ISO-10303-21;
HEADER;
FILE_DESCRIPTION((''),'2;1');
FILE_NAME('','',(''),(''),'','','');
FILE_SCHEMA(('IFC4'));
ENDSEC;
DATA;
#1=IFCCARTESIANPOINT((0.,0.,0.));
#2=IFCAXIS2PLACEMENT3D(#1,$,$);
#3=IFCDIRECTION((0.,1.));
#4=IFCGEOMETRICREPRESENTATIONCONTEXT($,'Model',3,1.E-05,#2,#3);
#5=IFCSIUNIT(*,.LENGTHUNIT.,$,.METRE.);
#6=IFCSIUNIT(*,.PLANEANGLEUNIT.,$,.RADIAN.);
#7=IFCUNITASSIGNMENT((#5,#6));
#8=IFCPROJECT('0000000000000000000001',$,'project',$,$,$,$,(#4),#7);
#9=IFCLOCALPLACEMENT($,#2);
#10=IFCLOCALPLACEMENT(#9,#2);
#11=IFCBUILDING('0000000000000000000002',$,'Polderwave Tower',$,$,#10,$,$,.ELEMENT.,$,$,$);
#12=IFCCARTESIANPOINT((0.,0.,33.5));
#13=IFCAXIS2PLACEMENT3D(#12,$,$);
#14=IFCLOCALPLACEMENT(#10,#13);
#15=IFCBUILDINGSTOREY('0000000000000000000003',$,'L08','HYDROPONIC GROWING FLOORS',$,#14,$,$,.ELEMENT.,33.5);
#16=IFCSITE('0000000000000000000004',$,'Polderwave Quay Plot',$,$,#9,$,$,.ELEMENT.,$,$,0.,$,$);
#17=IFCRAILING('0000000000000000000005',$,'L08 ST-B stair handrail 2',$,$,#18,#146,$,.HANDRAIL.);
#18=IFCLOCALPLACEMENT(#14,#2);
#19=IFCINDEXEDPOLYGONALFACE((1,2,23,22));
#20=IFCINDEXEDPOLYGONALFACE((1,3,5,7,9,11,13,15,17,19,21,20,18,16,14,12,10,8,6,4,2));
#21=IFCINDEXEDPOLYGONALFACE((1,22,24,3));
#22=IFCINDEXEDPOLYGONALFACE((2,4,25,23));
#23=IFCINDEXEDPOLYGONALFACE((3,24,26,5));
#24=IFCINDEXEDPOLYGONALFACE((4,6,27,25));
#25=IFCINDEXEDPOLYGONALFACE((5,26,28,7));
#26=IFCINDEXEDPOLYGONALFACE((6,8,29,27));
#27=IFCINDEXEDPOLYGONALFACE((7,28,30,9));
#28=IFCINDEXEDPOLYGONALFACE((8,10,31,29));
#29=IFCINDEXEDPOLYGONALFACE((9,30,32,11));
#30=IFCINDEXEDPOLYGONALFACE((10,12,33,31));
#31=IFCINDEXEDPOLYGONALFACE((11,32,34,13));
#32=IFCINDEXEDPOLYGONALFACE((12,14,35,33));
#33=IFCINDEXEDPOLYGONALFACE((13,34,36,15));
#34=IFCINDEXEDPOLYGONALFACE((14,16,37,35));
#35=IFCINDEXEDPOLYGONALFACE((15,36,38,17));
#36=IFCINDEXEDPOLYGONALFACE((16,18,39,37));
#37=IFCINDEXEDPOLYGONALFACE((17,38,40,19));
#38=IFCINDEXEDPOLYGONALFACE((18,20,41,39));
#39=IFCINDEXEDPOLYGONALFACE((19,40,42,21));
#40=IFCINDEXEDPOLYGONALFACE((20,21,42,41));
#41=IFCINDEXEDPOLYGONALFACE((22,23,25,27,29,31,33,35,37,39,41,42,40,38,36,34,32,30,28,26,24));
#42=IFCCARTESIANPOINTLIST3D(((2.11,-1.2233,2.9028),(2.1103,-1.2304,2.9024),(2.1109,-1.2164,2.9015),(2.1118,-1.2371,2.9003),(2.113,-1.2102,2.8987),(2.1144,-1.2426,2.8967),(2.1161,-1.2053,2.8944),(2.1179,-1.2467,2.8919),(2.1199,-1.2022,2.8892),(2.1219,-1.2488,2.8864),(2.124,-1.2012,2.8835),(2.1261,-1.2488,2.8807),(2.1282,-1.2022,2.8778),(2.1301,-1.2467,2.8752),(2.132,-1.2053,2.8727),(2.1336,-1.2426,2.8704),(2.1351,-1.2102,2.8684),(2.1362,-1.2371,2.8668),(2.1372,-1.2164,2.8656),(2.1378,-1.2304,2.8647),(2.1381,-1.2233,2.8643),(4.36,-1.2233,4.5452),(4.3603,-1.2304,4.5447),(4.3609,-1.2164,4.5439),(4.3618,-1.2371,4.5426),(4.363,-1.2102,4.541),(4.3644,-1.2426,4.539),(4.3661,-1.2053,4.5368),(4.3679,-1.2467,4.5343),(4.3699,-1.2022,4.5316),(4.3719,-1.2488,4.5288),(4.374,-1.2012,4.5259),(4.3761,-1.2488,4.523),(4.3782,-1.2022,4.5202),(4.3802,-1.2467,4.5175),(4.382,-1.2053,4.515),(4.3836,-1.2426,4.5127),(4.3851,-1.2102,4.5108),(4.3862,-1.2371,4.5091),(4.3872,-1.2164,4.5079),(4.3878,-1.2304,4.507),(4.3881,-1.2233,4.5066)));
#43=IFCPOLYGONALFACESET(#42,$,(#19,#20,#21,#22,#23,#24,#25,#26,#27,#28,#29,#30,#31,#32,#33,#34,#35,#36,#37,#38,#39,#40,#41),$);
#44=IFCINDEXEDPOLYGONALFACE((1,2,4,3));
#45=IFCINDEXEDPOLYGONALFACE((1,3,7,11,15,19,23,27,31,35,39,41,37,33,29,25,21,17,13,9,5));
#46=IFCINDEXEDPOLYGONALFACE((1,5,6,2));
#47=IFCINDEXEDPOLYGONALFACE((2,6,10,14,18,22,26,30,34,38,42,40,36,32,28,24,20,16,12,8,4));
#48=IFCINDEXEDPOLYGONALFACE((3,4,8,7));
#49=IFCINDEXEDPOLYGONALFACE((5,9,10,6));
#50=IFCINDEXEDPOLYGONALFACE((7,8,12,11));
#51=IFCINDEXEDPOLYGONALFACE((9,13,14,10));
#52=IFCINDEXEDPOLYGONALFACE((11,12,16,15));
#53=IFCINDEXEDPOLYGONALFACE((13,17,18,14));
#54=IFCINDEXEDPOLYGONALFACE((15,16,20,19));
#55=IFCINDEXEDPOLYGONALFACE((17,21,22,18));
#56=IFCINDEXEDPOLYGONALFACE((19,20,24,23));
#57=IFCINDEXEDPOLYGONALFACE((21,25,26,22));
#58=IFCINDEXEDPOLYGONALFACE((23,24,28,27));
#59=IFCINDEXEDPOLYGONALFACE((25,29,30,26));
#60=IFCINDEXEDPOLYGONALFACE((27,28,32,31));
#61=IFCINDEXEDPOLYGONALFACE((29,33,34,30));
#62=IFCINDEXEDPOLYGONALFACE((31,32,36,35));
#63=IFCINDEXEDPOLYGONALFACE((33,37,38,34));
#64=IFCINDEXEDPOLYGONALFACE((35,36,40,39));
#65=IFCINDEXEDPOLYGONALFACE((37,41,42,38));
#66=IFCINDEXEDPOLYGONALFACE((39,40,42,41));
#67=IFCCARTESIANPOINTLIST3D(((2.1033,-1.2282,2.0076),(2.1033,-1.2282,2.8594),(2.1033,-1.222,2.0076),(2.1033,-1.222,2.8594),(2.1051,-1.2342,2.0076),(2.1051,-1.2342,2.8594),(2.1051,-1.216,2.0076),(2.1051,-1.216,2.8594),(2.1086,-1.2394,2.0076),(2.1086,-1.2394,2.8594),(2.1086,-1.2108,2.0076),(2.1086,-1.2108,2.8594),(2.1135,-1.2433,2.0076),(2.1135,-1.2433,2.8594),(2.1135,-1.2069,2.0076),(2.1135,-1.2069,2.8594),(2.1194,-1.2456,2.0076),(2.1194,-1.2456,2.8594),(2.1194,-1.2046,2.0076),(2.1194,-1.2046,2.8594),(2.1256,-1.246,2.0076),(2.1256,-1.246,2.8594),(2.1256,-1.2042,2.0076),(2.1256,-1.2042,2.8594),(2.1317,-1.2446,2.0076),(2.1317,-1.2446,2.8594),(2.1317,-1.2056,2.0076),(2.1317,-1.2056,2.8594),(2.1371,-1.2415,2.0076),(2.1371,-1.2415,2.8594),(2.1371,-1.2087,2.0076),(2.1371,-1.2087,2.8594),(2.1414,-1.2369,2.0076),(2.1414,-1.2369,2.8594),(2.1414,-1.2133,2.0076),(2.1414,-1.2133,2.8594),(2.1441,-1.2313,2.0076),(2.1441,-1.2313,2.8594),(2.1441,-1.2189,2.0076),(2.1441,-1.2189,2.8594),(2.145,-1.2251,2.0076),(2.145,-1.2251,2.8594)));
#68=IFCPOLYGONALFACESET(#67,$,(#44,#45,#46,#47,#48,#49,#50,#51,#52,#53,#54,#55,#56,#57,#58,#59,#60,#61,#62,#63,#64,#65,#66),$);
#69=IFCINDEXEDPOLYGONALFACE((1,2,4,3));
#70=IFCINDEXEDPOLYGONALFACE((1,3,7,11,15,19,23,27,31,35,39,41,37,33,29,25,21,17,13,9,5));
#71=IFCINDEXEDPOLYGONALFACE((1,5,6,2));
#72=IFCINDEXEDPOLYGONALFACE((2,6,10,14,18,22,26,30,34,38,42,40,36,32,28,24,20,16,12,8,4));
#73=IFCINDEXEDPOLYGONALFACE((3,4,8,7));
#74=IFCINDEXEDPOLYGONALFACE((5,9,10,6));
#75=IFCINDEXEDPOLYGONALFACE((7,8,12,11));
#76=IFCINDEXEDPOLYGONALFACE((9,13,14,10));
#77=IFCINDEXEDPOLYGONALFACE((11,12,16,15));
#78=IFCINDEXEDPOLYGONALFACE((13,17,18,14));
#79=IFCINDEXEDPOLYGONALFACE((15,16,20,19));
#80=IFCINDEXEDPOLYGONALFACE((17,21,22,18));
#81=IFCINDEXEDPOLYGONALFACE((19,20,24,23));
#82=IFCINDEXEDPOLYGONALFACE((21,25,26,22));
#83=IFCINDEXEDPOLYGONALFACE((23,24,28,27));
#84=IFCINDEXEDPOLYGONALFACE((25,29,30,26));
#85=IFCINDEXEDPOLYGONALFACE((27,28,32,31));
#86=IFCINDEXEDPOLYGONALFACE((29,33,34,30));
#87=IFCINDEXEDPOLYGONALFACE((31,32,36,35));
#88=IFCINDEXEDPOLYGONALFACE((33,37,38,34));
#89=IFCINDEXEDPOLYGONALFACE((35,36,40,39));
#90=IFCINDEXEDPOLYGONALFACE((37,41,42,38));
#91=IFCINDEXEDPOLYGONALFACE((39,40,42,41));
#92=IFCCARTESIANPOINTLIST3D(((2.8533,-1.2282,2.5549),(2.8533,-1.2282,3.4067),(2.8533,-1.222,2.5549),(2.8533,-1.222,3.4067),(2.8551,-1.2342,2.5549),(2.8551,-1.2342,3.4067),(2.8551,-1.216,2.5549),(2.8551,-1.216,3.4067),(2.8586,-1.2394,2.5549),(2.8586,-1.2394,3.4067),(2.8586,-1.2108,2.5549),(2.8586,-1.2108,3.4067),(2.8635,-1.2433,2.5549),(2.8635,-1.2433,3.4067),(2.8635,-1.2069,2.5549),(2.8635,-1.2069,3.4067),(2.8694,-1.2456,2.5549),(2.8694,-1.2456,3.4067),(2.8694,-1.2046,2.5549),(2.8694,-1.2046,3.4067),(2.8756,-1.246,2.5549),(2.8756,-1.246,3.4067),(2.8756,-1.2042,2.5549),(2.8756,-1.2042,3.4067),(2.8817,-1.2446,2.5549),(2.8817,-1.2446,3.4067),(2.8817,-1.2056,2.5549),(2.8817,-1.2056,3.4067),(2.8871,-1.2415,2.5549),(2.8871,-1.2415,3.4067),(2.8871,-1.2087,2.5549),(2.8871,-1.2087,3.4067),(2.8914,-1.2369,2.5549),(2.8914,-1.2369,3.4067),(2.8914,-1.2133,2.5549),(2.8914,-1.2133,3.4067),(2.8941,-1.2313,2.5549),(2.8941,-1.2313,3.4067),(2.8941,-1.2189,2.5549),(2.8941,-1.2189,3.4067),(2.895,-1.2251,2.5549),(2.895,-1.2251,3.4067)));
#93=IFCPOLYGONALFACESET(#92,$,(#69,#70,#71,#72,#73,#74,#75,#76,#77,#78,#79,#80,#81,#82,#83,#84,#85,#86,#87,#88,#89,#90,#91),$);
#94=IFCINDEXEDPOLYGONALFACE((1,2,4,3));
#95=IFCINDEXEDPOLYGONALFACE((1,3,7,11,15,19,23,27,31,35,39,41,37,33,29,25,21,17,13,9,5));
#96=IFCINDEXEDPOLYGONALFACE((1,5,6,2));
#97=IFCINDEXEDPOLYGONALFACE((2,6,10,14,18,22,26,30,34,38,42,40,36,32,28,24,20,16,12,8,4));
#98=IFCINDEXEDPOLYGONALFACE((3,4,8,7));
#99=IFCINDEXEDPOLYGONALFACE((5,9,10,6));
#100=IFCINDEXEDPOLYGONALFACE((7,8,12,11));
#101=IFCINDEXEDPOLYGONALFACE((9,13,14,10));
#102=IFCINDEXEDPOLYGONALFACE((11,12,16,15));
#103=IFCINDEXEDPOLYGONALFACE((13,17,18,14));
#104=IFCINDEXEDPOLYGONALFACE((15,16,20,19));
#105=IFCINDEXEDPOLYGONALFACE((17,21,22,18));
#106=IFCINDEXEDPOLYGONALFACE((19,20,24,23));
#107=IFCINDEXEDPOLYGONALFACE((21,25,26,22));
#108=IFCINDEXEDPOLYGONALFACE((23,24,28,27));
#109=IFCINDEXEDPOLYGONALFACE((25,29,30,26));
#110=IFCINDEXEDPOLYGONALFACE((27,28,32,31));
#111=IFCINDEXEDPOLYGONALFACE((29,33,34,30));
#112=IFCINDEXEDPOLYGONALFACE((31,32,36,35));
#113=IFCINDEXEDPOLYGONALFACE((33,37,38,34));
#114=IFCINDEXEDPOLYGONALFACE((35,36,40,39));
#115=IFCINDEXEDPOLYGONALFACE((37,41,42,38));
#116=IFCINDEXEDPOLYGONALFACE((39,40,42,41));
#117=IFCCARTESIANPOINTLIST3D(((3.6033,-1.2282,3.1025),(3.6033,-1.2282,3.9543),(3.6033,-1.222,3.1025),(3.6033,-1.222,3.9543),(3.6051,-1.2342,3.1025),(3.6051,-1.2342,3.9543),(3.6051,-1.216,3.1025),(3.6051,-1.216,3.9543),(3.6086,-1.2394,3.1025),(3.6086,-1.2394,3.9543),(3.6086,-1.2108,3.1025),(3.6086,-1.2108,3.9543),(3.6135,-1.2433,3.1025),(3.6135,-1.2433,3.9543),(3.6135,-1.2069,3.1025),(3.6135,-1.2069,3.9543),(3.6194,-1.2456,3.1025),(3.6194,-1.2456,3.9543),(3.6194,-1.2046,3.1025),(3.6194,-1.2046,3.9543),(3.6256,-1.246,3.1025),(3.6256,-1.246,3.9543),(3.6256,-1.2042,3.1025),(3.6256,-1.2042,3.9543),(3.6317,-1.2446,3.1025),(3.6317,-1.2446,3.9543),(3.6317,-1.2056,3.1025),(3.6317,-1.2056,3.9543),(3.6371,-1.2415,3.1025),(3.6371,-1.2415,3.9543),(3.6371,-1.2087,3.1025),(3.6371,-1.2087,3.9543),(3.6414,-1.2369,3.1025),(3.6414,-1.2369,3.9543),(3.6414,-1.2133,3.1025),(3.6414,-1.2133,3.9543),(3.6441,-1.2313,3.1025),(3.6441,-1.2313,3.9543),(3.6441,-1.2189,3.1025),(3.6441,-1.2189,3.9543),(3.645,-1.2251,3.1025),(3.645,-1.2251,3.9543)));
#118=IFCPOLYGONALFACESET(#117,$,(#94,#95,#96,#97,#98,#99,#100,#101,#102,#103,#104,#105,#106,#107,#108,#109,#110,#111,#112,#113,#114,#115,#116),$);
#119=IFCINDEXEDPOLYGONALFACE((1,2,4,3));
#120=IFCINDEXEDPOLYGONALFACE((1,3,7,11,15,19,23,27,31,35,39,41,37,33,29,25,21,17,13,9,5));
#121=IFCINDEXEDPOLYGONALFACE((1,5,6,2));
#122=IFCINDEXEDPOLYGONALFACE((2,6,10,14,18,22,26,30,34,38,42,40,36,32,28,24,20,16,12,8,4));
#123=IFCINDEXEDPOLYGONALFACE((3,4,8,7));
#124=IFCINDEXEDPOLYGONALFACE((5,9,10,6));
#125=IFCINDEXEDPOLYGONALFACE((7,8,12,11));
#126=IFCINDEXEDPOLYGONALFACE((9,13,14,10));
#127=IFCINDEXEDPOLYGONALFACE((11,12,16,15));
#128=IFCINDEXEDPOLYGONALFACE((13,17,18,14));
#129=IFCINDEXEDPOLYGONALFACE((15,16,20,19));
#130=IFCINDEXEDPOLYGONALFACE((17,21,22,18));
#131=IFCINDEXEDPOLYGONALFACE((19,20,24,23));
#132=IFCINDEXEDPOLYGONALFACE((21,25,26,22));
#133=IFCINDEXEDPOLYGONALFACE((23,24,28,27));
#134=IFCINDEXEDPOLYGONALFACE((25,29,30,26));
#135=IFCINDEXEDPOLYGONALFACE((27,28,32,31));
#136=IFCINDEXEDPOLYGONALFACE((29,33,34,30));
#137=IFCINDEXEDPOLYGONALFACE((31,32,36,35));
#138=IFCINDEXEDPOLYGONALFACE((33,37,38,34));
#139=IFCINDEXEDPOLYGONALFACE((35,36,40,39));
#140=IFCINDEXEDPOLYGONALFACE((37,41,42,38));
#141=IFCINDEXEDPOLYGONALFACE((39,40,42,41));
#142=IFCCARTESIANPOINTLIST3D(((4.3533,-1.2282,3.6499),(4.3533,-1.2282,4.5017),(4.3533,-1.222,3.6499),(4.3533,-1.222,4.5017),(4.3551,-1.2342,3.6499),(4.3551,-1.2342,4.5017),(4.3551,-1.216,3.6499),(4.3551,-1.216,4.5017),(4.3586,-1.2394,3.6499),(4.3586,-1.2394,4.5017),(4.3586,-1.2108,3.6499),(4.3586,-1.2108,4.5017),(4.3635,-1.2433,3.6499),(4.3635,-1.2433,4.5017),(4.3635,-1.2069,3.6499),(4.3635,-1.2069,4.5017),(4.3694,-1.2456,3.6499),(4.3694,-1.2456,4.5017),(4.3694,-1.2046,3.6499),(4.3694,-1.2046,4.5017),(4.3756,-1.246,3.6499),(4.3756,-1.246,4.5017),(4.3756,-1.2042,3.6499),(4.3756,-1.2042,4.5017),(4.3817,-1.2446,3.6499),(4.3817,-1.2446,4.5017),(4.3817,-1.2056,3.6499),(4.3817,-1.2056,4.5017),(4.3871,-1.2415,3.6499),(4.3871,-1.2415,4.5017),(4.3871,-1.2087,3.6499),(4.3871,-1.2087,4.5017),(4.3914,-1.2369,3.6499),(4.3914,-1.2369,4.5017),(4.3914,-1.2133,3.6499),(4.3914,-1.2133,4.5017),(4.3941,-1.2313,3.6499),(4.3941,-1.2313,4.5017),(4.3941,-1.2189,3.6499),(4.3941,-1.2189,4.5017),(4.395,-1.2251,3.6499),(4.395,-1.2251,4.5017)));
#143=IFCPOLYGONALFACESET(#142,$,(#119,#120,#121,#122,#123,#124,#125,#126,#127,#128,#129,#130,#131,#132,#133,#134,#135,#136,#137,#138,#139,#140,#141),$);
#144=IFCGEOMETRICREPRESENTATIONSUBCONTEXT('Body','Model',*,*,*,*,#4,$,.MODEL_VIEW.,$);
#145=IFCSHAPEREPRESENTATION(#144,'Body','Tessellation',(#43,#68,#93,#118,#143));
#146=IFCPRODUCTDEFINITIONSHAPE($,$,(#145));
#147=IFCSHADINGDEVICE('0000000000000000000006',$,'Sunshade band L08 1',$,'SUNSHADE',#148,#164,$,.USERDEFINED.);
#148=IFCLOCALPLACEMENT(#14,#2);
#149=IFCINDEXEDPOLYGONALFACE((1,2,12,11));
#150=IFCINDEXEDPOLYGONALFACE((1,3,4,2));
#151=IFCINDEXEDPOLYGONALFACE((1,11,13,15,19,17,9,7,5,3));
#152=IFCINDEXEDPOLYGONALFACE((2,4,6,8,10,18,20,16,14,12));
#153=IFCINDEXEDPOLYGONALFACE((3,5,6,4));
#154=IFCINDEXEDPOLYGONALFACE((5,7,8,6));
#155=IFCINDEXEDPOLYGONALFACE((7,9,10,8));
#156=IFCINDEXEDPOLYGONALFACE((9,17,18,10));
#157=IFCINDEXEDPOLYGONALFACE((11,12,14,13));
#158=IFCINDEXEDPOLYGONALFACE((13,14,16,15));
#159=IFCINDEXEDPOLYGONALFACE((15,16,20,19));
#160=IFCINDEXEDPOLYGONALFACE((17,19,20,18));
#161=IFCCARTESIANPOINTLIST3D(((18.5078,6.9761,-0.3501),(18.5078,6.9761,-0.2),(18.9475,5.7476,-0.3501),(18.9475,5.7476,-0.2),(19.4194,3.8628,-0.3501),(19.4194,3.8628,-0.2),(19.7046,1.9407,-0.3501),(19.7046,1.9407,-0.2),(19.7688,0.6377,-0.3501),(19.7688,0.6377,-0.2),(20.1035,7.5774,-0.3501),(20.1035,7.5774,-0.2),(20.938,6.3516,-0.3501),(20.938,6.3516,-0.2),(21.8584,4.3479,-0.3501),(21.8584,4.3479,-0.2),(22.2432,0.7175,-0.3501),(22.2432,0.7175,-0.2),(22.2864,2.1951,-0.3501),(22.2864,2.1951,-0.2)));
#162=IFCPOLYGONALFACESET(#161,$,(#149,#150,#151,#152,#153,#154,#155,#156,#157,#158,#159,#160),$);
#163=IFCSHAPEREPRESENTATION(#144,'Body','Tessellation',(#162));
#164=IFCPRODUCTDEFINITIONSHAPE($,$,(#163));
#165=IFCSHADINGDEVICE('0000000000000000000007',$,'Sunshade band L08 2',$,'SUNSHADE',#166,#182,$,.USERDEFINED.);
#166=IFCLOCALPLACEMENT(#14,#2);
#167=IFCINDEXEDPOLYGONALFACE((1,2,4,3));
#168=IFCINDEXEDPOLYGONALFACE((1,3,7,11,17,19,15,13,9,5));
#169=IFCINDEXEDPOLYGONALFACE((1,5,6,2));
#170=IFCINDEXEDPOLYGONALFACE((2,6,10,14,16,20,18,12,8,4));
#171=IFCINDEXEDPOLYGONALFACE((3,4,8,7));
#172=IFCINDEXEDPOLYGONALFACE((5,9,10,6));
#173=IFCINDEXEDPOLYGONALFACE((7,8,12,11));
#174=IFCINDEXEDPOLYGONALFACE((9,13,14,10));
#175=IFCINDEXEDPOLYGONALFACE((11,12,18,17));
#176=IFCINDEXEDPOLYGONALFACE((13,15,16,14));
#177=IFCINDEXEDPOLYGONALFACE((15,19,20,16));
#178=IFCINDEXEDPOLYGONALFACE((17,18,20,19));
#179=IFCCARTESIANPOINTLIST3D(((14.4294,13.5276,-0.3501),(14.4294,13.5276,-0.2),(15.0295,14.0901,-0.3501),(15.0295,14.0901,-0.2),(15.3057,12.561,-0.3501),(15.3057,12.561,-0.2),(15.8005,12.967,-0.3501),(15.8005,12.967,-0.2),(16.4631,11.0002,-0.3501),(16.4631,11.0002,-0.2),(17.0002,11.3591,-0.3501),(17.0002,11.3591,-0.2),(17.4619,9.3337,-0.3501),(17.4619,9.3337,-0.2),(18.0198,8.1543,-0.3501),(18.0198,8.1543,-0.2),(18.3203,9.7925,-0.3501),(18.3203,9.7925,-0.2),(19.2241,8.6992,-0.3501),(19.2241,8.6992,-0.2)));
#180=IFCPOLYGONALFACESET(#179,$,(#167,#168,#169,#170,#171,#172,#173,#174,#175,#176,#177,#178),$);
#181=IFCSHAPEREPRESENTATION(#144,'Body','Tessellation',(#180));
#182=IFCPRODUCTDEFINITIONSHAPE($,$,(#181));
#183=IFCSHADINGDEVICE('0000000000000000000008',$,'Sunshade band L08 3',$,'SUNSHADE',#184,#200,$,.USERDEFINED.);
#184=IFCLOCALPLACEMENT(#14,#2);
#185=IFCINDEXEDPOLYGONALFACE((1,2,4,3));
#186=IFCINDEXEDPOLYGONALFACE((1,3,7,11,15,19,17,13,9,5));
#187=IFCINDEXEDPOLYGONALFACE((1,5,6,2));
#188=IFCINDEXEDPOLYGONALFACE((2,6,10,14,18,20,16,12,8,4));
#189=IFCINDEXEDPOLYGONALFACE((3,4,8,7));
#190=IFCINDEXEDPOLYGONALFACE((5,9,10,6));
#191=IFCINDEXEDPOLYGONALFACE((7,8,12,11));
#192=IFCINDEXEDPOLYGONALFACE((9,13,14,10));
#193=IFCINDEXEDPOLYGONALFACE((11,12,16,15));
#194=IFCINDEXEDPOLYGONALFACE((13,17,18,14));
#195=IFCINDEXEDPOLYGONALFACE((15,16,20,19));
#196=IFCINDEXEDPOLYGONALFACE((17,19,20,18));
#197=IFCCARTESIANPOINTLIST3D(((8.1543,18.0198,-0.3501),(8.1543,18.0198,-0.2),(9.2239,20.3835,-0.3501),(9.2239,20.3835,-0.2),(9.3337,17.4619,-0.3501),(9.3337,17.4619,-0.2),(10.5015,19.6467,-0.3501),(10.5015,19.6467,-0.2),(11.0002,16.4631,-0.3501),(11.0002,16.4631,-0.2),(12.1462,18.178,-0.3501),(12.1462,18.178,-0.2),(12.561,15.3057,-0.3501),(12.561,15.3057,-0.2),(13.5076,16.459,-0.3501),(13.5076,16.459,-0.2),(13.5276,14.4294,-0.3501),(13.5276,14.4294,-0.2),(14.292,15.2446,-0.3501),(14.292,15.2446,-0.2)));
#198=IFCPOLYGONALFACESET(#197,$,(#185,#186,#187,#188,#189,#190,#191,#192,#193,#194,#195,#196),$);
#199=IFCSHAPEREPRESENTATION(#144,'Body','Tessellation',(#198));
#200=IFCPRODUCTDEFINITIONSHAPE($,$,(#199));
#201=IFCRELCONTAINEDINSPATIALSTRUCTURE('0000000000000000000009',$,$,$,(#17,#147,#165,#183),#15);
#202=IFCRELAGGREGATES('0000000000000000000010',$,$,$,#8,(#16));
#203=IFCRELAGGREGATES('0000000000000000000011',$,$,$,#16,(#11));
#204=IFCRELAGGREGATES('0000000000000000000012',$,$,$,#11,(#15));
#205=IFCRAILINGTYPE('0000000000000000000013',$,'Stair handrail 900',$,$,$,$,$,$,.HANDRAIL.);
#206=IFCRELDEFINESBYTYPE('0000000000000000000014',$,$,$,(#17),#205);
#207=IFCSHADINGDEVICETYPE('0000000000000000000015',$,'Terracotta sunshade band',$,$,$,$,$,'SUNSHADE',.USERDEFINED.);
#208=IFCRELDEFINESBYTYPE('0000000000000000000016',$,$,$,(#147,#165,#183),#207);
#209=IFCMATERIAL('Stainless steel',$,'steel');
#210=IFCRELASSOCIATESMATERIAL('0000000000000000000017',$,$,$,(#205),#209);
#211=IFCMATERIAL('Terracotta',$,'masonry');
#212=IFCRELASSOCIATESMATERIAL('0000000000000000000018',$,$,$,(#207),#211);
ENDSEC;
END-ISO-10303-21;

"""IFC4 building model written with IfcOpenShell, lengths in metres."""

from ifc_helpers import new_model, si_unit, direction, frame, origin, origin_2d, place, context, subcontext, project, spatial, polyline, circle, outline, extrude, material, type_object, element, save


model = new_model("IFC4")

# Units and contexts
model_context = context("Model", 3, precision=1e-05, world=origin(), true_north=direction((0.0, 1.0)))
body_context = subcontext(model_context, "Body", "Model", "MODEL_VIEW")
ifc_project = project(units=[si_unit("LENGTHUNIT", "METRE"), si_unit("PLANEANGLEUNIT", "RADIAN")], contexts=[model_context])

# Site, building, storey
site_placement = place(None, origin())
site = spatial("IfcSite", under=ifc_project, at=site_placement, Name="Polderwave Quay Plot", CompositionType="ELEMENT", RefElevation=0.0)
building_placement = place(site_placement, origin())
building = spatial("IfcBuilding", under=site, at=building_placement, Name="Polderwave Tower", CompositionType="ELEMENT")
storey_placement = place(building_placement, frame((0.0, 0.0, 33.5)))
storey = spatial("IfcBuildingStorey", under=building, at=storey_placement, Name="L08", Description="HYDROPONIC GROWING FLOORS", CompositionType="ELEMENT", Elevation=33.5)

# Railing
ifc_material_1 = material(Name="Stainless steel", Category="steel")
railing_type_1 = type_object("IfcRailingType", Name="Stair handrail 900", PredefinedType="HANDRAIL", material=ifc_material_1)
railing_1_placement = place(storey_placement, frame((2.124, -1.2251, 2.0076)))
element("IfcRailing", 1, at=railing_1_placement, inside=storey, type_object=railing_type_1, Name="L08 ST-B stair handrail 2", PredefinedType="HANDRAIL", context=body_context, shape_type="SweptSolid", body=[
    extrude(circle(Radius=0.0239, at=origin_2d()), frame((0.0, 0.0, 0.876), z_axis=(0.807715, 0.0, 0.589573), x_axis=(0.0, 1.0, 0.0)), (0.0, 0.0, 1.0), 2.7856),
    extrude(circle(Radius=0.021, at=origin_2d()), origin(), (0.0, 0.0, 1.0), 0.8518),
    extrude(circle(Radius=0.021, at=origin_2d()), frame((0.75, 0.0, 0.5474)), (0.0, 0.0, 1.0), 0.8518),
    extrude(circle(Radius=0.021, at=origin_2d()), frame((1.5, 0.0, 1.095)), (0.0, 0.0, 1.0), 0.8518),
    extrude(circle(Radius=0.021, at=origin_2d()), frame((2.25, 0.0, 1.6423)), (0.0, 0.0, 1.0), 0.8518),
])

# Shading devices
ifc_material_2 = material(Name="Terracotta", Category="masonry")
shading_device_type = type_object("IfcShadingDeviceType", Name="Terracotta sunshade band", ElementType="SUNSHADE", PredefinedType="USERDEFINED", material=ifc_material_2)
shading_device_1_placement = place(storey_placement, frame((0.0, 0.0, -0.3501)))
element("IfcShadingDevice", 2, at=shading_device_1_placement, inside=storey, type_object=shading_device_type, Name="Sunshade band L08 1", ObjectType="SUNSHADE", PredefinedType="USERDEFINED", context=body_context, shape_type="SweptSolid", body=[
    extrude(outline(polyline([(19.7688, 0.6377), (19.7046, 1.9407), (19.4194, 3.8628), (18.9475, 5.7476), (18.5078, 6.9761), (20.1035, 7.5774), (20.938, 6.3516), (21.8584, 4.3479), (22.2864, 2.1951), (22.2432, 0.7175), (19.7688, 0.6377)])), origin(), (0.0, 0.0, 1.0), 0.1501),
])
shading_device_2_placement = place(storey_placement, frame((0.0, 0.0, -0.3501)))
element("IfcShadingDevice", 3, at=shading_device_2_placement, inside=storey, type_object=shading_device_type, Name="Sunshade band L08 2", ObjectType="SUNSHADE", PredefinedType="USERDEFINED", context=body_context, shape_type="SweptSolid", body=[
    extrude(outline(polyline([(18.0198, 8.1543), (17.4619, 9.3337), (16.4631, 11.0002), (15.3057, 12.561), (14.4294, 13.5276), (15.0295, 14.0901), (15.8005, 12.967), (17.0002, 11.3591), (18.3203, 9.7925), (19.2241, 8.6992), (18.0198, 8.1543)])), origin(), (0.0, 0.0, 1.0), 0.1501),
])
shading_device_3_placement = place(storey_placement, frame((0.0, 0.0, -0.3501)))
element("IfcShadingDevice", 4, at=shading_device_3_placement, inside=storey, type_object=shading_device_type, Name="Sunshade band L08 3", ObjectType="SUNSHADE", PredefinedType="USERDEFINED", context=body_context, shape_type="SweptSolid", body=[
    extrude(outline(polyline([(13.5276, 14.4294), (12.561, 15.3057), (11.0002, 16.4631), (9.3337, 17.4619), (8.1543, 18.0198), (9.2239, 20.3835), (10.5015, 19.6467), (12.1462, 18.178), (13.5076, 16.459), (14.292, 15.2446), (13.5276, 14.4294)])), origin(), (0.0, 0.0, 1.0), 0.1501),
])

save(model, "model.ifc")
